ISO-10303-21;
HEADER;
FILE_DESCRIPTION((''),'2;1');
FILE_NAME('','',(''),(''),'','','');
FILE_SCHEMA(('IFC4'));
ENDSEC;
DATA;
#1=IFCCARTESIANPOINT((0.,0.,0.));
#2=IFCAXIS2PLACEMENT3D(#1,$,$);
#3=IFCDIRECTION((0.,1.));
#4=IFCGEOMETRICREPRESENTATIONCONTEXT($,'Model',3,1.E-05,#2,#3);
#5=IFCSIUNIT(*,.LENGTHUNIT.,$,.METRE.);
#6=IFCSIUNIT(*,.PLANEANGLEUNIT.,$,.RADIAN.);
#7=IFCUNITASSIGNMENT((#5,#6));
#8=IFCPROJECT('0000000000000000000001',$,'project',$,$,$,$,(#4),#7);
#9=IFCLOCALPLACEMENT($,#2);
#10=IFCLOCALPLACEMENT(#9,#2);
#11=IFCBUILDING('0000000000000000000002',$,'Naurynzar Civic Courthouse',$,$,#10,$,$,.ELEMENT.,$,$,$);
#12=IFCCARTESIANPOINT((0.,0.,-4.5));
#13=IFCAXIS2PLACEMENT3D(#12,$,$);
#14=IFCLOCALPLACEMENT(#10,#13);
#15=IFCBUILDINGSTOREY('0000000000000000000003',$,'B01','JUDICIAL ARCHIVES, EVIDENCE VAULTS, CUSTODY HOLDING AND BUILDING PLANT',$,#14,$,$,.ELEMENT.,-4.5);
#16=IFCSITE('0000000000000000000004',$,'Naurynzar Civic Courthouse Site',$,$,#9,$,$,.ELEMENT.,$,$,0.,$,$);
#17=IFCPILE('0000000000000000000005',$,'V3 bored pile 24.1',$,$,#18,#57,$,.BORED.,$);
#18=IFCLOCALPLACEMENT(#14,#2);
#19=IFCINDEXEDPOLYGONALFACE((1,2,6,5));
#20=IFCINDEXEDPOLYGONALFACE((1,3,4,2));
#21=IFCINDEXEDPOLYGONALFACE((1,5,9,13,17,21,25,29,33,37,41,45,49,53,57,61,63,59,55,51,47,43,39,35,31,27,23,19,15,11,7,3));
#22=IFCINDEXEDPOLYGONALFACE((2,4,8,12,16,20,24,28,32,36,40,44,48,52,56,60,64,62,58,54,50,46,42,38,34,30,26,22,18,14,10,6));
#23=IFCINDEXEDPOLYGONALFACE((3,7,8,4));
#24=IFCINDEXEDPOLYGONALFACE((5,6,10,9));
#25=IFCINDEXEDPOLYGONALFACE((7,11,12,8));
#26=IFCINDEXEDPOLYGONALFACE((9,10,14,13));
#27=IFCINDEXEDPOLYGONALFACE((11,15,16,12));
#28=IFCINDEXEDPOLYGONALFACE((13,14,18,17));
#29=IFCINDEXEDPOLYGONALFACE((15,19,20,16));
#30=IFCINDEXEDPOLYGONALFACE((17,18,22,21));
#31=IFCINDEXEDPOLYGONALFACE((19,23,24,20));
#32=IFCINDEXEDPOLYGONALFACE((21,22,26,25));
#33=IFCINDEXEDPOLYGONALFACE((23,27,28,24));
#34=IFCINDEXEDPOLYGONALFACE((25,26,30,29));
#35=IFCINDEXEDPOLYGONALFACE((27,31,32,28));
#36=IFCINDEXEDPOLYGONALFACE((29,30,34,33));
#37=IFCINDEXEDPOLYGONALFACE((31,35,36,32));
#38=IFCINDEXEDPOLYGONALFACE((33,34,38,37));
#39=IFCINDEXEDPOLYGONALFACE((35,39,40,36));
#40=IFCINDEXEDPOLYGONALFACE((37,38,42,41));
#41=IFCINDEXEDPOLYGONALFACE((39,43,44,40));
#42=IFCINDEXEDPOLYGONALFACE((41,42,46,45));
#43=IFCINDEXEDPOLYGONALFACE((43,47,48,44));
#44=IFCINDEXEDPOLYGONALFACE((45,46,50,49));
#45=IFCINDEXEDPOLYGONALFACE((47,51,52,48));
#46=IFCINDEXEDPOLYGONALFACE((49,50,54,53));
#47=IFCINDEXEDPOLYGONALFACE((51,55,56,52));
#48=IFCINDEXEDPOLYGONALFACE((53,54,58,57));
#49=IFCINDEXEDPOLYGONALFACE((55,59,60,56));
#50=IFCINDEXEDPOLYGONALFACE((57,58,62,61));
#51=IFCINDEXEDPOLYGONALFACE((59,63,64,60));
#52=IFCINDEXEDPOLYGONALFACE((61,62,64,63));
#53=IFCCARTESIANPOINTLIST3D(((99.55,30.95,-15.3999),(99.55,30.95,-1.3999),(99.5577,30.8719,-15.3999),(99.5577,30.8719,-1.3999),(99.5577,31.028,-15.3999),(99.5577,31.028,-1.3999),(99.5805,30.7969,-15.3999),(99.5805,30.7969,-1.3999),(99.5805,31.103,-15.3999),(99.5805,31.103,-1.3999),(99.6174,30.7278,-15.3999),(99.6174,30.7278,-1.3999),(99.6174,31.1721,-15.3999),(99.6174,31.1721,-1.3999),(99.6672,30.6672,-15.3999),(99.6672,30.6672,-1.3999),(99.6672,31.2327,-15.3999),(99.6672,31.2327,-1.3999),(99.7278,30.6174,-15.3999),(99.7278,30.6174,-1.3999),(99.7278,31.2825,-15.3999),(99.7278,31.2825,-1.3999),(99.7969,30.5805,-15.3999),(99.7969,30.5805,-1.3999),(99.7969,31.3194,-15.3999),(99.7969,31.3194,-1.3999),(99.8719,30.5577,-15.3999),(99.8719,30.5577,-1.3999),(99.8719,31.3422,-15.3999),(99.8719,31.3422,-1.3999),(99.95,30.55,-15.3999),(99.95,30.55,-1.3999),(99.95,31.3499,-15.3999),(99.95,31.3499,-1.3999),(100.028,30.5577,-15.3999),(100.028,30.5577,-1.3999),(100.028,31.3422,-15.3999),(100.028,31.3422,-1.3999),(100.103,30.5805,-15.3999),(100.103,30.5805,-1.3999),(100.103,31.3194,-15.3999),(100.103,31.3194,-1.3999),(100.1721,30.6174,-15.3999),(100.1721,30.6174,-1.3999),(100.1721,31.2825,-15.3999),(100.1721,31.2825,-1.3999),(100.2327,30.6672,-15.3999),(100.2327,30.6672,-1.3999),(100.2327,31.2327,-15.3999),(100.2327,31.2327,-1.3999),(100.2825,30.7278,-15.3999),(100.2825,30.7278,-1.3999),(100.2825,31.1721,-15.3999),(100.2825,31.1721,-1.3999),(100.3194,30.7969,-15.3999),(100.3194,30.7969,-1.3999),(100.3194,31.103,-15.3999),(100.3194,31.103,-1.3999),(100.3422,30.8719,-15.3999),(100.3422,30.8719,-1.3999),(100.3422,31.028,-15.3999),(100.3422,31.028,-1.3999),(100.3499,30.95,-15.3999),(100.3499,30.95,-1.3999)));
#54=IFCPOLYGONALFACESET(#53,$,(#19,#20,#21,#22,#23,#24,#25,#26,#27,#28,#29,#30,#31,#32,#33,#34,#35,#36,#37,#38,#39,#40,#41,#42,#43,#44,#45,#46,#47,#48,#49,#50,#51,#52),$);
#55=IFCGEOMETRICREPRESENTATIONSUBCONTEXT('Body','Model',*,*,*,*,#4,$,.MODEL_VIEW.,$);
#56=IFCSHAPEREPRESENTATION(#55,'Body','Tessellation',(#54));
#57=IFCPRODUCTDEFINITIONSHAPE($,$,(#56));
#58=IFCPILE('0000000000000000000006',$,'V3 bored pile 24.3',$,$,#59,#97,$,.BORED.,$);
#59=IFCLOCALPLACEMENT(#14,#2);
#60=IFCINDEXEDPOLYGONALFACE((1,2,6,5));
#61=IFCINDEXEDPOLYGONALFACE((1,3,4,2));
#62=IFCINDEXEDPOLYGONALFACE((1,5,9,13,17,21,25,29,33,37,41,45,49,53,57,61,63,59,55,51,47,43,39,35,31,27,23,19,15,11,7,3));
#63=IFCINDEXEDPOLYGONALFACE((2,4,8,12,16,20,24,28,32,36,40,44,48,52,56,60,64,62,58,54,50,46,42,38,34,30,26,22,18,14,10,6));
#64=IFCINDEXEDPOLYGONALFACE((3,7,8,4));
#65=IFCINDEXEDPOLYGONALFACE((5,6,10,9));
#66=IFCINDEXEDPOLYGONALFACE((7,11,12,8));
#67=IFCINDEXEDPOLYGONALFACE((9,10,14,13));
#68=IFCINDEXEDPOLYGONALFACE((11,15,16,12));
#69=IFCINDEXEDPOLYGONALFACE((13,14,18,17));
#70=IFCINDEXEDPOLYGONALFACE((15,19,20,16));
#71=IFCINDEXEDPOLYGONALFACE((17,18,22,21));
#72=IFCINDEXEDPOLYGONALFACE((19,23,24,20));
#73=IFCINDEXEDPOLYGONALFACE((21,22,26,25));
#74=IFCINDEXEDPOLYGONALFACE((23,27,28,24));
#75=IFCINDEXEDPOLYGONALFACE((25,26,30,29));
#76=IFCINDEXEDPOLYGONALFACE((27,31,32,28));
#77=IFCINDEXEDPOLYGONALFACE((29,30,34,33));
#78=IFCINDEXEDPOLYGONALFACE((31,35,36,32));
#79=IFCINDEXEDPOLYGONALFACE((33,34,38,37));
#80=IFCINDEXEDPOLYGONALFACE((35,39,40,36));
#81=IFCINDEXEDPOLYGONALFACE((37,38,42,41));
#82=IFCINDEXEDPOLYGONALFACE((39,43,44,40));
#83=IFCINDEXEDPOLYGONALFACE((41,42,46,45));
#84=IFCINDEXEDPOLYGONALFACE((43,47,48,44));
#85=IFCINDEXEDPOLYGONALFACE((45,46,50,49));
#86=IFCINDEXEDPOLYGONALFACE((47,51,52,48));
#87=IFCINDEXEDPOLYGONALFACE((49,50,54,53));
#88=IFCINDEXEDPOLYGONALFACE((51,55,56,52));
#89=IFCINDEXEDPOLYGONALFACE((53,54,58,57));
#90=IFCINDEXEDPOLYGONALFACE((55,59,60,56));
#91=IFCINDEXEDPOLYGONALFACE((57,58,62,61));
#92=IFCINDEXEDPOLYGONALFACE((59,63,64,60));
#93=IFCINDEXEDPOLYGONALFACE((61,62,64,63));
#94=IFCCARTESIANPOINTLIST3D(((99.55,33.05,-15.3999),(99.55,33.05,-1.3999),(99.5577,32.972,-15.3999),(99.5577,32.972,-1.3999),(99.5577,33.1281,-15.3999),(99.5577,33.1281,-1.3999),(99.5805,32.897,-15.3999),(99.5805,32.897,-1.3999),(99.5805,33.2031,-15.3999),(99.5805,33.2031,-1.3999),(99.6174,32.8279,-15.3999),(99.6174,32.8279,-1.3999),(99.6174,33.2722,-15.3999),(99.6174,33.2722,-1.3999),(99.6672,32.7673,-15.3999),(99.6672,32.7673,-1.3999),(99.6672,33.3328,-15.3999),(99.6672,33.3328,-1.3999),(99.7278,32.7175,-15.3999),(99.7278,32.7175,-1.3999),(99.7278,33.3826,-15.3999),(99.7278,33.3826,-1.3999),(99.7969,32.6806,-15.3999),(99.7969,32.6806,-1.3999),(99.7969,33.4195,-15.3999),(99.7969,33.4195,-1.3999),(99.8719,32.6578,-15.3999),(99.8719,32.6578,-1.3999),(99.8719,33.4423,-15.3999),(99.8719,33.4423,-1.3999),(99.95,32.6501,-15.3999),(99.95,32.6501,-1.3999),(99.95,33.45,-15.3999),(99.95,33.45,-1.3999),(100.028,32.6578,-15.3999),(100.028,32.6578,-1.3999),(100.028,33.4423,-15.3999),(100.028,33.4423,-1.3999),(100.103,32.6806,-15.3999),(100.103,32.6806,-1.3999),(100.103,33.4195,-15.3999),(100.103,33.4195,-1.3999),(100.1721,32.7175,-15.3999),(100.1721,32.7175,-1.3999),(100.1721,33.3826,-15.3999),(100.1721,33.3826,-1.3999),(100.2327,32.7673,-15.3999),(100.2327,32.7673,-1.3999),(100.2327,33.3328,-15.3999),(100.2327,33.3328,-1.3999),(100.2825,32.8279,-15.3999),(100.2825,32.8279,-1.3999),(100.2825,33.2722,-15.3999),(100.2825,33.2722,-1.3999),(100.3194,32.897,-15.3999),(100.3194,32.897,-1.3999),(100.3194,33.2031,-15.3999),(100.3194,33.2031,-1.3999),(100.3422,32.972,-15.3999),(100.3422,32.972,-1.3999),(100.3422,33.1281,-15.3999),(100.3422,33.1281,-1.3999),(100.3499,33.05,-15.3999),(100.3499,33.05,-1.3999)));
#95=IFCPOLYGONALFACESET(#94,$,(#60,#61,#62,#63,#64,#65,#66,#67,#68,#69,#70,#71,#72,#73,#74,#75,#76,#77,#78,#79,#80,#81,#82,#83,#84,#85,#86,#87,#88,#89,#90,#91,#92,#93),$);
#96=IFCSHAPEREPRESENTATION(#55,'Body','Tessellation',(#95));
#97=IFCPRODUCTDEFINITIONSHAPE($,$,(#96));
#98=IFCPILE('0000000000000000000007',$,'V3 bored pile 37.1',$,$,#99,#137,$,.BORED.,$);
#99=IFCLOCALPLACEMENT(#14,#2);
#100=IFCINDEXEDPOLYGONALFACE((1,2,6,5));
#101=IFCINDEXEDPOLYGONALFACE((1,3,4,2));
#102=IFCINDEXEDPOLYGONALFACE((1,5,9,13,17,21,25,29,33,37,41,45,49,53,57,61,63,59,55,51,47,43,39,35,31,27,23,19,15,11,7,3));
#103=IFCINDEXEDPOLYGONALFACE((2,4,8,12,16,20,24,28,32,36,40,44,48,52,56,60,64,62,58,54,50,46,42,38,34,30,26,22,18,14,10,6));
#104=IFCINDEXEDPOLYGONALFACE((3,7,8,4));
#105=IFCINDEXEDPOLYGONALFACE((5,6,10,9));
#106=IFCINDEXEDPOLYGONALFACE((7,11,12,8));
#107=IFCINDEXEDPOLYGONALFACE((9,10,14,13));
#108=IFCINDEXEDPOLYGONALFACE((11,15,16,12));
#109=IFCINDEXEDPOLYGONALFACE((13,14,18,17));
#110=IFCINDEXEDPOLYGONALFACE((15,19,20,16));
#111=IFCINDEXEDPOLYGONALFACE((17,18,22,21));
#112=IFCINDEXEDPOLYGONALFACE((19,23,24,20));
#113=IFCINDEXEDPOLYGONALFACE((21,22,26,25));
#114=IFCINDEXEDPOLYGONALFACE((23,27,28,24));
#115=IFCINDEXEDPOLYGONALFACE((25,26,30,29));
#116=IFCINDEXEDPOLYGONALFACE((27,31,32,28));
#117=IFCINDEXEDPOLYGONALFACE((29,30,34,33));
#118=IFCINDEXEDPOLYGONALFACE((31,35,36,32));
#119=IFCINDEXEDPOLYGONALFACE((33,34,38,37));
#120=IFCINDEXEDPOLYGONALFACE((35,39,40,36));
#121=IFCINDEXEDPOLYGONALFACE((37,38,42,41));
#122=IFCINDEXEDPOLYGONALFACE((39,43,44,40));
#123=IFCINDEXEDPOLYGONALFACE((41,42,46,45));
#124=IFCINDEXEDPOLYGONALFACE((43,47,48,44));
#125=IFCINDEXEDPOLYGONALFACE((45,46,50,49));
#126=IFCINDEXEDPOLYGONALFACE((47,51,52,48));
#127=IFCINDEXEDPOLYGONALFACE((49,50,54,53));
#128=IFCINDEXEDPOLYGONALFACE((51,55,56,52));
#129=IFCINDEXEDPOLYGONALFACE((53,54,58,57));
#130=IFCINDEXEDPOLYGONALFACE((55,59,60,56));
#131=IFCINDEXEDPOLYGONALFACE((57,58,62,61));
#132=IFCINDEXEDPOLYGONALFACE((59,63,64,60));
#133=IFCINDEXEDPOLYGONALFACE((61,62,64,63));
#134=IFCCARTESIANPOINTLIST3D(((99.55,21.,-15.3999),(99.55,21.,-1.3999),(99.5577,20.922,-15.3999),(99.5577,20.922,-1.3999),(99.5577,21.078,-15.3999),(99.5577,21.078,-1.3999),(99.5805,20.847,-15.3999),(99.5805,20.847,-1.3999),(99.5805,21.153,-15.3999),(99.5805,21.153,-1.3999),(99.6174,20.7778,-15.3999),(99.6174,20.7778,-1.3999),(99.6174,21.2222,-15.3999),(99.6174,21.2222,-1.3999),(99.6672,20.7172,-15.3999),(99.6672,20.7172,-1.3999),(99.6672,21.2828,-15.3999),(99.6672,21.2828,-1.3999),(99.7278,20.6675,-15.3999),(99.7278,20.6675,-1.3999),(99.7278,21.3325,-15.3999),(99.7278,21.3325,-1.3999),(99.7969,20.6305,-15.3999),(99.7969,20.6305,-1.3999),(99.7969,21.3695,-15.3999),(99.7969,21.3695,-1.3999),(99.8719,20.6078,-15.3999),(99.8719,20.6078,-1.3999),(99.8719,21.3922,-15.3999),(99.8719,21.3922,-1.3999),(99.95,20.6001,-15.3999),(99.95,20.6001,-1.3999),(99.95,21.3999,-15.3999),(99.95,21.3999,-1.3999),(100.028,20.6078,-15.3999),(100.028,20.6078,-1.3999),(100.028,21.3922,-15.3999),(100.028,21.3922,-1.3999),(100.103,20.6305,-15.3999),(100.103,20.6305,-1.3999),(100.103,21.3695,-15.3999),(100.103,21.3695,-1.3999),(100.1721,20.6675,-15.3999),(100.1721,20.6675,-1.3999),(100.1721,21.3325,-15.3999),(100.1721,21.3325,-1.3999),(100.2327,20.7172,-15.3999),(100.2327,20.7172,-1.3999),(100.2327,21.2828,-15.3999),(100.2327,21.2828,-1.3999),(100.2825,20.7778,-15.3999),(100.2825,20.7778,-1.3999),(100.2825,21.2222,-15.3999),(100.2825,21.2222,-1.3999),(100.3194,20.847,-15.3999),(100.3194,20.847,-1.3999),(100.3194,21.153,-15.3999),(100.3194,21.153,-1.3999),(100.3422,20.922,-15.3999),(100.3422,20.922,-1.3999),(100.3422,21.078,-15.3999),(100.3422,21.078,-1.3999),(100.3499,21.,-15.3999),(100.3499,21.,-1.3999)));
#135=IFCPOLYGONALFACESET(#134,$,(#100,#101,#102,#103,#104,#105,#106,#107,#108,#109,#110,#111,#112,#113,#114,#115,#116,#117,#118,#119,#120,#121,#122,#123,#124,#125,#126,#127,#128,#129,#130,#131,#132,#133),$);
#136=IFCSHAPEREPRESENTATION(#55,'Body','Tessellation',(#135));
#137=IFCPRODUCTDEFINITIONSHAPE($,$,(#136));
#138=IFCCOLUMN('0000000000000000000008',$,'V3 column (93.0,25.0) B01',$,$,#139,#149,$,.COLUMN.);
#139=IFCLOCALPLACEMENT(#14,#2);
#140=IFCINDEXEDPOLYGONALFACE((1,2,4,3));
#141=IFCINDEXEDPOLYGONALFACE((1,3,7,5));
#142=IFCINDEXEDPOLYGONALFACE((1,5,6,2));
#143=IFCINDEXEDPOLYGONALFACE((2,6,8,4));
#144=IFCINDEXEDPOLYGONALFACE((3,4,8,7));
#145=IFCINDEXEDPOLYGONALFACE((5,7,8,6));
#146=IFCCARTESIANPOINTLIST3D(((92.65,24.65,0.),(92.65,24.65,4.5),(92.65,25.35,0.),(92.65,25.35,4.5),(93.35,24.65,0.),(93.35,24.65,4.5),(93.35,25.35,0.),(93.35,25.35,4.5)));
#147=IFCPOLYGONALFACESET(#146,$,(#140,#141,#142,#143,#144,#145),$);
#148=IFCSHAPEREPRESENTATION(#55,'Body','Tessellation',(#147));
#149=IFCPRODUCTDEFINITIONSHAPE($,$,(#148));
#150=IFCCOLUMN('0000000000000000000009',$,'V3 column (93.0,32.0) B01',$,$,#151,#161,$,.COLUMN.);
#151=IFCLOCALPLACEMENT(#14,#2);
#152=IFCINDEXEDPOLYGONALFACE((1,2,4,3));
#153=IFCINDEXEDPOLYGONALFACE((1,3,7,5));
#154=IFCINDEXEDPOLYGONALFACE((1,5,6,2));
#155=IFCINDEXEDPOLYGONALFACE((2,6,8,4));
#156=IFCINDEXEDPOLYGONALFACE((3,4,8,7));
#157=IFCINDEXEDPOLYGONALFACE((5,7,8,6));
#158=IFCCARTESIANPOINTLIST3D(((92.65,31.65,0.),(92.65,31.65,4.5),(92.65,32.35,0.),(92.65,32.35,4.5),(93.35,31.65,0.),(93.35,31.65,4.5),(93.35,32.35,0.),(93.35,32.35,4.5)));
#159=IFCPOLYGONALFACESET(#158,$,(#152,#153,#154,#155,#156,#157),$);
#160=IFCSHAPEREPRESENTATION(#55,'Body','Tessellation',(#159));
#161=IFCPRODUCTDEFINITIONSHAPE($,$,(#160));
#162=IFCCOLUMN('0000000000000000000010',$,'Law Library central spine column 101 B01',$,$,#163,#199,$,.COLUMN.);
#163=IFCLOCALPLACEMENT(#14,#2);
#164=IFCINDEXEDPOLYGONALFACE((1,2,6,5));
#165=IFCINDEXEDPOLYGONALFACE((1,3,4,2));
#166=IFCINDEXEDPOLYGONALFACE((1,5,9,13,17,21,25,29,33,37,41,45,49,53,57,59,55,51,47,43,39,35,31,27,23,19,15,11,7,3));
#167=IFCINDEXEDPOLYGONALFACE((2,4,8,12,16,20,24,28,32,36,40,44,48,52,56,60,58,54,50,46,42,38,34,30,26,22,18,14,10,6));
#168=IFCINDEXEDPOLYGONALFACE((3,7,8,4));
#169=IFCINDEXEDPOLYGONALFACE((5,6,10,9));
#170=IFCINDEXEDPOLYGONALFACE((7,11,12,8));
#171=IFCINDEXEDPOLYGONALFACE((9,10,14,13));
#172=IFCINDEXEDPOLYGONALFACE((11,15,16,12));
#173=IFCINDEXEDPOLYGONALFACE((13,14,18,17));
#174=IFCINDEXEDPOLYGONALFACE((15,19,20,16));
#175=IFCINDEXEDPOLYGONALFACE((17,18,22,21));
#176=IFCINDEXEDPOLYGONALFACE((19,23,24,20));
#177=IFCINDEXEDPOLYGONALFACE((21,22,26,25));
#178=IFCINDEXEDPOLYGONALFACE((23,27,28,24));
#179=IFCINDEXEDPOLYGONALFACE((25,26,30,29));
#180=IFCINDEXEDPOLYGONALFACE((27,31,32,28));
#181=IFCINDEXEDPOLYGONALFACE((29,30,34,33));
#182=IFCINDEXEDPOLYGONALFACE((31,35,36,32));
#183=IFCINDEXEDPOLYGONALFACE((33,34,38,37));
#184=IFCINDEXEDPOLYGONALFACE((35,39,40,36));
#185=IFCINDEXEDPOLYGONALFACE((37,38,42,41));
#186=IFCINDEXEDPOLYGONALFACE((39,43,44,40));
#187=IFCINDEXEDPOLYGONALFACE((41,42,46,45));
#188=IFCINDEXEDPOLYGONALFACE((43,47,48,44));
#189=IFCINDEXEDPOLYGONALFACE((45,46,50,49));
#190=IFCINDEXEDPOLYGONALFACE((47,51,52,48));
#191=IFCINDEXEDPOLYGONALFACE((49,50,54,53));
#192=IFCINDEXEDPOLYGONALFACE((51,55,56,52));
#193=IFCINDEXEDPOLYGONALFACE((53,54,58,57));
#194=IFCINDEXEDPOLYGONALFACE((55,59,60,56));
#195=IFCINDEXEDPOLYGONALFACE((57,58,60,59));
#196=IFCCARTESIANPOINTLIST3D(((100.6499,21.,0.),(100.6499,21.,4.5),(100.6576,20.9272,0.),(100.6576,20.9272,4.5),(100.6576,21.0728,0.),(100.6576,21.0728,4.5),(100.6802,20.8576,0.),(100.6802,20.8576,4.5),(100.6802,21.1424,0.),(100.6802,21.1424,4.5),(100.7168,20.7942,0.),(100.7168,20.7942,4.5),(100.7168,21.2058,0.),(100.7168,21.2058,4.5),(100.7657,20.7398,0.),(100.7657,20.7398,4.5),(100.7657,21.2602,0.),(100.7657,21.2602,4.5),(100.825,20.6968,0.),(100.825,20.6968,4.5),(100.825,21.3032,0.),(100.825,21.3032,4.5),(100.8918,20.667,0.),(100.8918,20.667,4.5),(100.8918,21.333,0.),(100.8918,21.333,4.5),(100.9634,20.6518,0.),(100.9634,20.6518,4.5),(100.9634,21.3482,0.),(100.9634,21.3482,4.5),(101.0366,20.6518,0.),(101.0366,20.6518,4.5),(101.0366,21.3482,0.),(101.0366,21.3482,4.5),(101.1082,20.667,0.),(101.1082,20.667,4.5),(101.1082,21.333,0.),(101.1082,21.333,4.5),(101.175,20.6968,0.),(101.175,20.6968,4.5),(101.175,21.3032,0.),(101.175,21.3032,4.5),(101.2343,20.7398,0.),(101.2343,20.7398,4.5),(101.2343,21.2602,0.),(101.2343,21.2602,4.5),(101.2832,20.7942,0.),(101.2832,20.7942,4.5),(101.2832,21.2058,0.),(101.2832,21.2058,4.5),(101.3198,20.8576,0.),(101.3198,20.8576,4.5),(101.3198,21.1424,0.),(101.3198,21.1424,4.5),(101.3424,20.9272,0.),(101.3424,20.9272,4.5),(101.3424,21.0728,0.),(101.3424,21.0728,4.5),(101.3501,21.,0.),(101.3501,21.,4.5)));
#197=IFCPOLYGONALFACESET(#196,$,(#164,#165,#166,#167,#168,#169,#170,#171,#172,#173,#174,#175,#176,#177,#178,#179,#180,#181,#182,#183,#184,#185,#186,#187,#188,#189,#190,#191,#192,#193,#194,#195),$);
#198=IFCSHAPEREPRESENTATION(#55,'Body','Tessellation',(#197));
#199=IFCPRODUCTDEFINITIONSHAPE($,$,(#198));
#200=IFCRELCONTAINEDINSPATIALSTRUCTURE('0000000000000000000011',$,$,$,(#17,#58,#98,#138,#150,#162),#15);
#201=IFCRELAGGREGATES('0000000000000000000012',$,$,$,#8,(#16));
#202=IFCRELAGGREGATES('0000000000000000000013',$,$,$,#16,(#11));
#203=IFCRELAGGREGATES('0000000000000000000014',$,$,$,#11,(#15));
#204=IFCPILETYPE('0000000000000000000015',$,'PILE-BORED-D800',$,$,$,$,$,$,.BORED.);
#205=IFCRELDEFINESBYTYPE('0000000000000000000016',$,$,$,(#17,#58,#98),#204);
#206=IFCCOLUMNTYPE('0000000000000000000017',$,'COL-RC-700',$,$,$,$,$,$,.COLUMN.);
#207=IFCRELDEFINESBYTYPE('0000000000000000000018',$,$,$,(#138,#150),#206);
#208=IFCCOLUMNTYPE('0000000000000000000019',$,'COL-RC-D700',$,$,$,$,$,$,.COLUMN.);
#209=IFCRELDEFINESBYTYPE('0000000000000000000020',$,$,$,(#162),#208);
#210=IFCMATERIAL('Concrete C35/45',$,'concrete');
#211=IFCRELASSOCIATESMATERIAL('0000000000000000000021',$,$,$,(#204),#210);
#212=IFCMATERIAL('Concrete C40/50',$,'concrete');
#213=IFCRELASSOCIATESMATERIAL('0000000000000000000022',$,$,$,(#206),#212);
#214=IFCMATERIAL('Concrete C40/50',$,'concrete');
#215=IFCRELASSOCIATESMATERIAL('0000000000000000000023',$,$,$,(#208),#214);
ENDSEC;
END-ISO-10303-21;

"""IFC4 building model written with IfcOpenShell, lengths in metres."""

from ifc_helpers import new_model, si_unit, direction, frame, origin, origin_2d, place, context, subcontext, project, spatial, rectangle, circle, extrude, material, material_profile, profile_set, type_object, element, save


model = new_model("IFC4")

# Units and contexts
model_context = context("Model", 3, precision=1e-05, world=origin(), true_north=direction((0.0, 1.0)))
body_context = subcontext(model_context, "Body", "Model", "MODEL_VIEW")
ifc_project = project(units=[si_unit("LENGTHUNIT", "METRE"), si_unit("PLANEANGLEUNIT", "RADIAN")], contexts=[model_context])

# Site, building, storey
site_placement = place(None, origin())
site = spatial("IfcSite", under=ifc_project, at=site_placement, Name="Naurynzar Civic Courthouse Site", CompositionType="ELEMENT", RefElevation=0.0)
building_placement = place(site_placement, origin())
building = spatial("IfcBuilding", under=site, at=building_placement, Name="Naurynzar Civic Courthouse", CompositionType="ELEMENT")
storey_placement = place(building_placement, frame((0.0, 0.0, -4.5)))
storey = spatial("IfcBuildingStorey", under=building, at=storey_placement, Name="B01", Description="JUDICIAL ARCHIVES, EVIDENCE VAULTS, CUSTODY HOLDING AND BUILDING PLANT", CompositionType="ELEMENT", Elevation=-4.5)

# Piles
ifc_material_1 = material(Name="Concrete C35/45", Category="concrete")
ifc_material_profile_1 = material_profile(ifc_material_1, circle(Radius=0.3999, at=origin_2d()), Name="PILE D800")
ifc_profile_set_1 = profile_set([ifc_material_profile_1], Name="Concrete C35/45")
pile_type = type_object("IfcPileType", Name="PILE-BORED-D800", PredefinedType="BORED", material=ifc_profile_set_1)
for number, where, z_axis, x_axis, name in (
    (1, (99.95, 30.95, -1.3999), (0.0, 0.0, -1.0), (1.0, 0.0, 0.0), "V3 bored pile 24.1"),
    (2, (99.95, 33.05, -1.3999), (0.0, 0.0, -1.0), (1.0, 0.0, 0.0), "V3 bored pile 24.3"),
    (3, (99.95, 21.0, -1.3999), (0.0, 0.0, -1.0), (1.0, 0.0, 0.0), "V3 bored pile 37.1"),
):
    element("IfcPile", number, at=place(storey_placement, frame(where, z_axis=z_axis, x_axis=x_axis)), inside=storey, type_object=pile_type, Name=name, PredefinedType="BORED", context=body_context, shape_type="SweptSolid", body=[
        extrude(circle(Radius=0.3999, at=origin_2d()), origin(), (0.0, 0.0, 1.0), 14.0),
    ])

# Columns
ifc_material_2 = material(Name="Concrete C40/50", Category="concrete")
ifc_material_profile_2 = material_profile(ifc_material_2, rectangle(XDim=0.7, YDim=0.7, at=origin_2d()), Name="RC 700x700")
ifc_profile_set_2 = profile_set([ifc_material_profile_2], Name="Concrete C40/50")
column_type_1 = type_object("IfcColumnType", Name="COL-RC-700", PredefinedType="COLUMN", material=ifc_profile_set_2)
for number, where, z_axis, x_axis, name in (
    (4, (93.0, 25.0, 0.0), (0.0, 0.0, 1.0), (1.0, 0.0, 0.0), "V3 column (93.0,25.0) B01"),
    (5, (93.0, 32.0, 0.0), (0.0, 0.0, 1.0), (1.0, 0.0, 0.0), "V3 column (93.0,32.0) B01"),
):
    element("IfcColumn", number, at=place(storey_placement, frame(where, z_axis=z_axis, x_axis=x_axis)), inside=storey, type_object=column_type_1, Name=name, PredefinedType="COLUMN", context=body_context, shape_type="SweptSolid", body=[
        extrude(rectangle(XDim=0.7, YDim=0.7, at=origin_2d()), origin(), (0.0, 0.0, 1.0), 4.5),
    ])
ifc_material_3 = material(Name="Concrete C40/50", Category="concrete")
ifc_material_profile_3 = material_profile(ifc_material_3, circle(Radius=0.3501, at=origin_2d()), Name="RC D700")
ifc_profile_set_3 = profile_set([ifc_material_profile_3], Name="Concrete C40/50")
column_type_2 = type_object("IfcColumnType", Name="COL-RC-D700", PredefinedType="COLUMN", material=ifc_profile_set_3)
column_placement = place(storey_placement, frame((101.0, 21.0, 0.0), z_axis=(0.0, 0.0, 1.0), x_axis=(1.0, 0.0, 0.0)))
element("IfcColumn", 6, at=column_placement, inside=storey, type_object=column_type_2, Name="Law Library central spine column 101 B01", PredefinedType="COLUMN", context=body_context, shape_type="SweptSolid", body=[
    extrude(circle(Radius=0.3501, at=origin_2d()), origin(), (0.0, 0.0, 1.0), 4.5),
])

save(model, "model.ifc")
